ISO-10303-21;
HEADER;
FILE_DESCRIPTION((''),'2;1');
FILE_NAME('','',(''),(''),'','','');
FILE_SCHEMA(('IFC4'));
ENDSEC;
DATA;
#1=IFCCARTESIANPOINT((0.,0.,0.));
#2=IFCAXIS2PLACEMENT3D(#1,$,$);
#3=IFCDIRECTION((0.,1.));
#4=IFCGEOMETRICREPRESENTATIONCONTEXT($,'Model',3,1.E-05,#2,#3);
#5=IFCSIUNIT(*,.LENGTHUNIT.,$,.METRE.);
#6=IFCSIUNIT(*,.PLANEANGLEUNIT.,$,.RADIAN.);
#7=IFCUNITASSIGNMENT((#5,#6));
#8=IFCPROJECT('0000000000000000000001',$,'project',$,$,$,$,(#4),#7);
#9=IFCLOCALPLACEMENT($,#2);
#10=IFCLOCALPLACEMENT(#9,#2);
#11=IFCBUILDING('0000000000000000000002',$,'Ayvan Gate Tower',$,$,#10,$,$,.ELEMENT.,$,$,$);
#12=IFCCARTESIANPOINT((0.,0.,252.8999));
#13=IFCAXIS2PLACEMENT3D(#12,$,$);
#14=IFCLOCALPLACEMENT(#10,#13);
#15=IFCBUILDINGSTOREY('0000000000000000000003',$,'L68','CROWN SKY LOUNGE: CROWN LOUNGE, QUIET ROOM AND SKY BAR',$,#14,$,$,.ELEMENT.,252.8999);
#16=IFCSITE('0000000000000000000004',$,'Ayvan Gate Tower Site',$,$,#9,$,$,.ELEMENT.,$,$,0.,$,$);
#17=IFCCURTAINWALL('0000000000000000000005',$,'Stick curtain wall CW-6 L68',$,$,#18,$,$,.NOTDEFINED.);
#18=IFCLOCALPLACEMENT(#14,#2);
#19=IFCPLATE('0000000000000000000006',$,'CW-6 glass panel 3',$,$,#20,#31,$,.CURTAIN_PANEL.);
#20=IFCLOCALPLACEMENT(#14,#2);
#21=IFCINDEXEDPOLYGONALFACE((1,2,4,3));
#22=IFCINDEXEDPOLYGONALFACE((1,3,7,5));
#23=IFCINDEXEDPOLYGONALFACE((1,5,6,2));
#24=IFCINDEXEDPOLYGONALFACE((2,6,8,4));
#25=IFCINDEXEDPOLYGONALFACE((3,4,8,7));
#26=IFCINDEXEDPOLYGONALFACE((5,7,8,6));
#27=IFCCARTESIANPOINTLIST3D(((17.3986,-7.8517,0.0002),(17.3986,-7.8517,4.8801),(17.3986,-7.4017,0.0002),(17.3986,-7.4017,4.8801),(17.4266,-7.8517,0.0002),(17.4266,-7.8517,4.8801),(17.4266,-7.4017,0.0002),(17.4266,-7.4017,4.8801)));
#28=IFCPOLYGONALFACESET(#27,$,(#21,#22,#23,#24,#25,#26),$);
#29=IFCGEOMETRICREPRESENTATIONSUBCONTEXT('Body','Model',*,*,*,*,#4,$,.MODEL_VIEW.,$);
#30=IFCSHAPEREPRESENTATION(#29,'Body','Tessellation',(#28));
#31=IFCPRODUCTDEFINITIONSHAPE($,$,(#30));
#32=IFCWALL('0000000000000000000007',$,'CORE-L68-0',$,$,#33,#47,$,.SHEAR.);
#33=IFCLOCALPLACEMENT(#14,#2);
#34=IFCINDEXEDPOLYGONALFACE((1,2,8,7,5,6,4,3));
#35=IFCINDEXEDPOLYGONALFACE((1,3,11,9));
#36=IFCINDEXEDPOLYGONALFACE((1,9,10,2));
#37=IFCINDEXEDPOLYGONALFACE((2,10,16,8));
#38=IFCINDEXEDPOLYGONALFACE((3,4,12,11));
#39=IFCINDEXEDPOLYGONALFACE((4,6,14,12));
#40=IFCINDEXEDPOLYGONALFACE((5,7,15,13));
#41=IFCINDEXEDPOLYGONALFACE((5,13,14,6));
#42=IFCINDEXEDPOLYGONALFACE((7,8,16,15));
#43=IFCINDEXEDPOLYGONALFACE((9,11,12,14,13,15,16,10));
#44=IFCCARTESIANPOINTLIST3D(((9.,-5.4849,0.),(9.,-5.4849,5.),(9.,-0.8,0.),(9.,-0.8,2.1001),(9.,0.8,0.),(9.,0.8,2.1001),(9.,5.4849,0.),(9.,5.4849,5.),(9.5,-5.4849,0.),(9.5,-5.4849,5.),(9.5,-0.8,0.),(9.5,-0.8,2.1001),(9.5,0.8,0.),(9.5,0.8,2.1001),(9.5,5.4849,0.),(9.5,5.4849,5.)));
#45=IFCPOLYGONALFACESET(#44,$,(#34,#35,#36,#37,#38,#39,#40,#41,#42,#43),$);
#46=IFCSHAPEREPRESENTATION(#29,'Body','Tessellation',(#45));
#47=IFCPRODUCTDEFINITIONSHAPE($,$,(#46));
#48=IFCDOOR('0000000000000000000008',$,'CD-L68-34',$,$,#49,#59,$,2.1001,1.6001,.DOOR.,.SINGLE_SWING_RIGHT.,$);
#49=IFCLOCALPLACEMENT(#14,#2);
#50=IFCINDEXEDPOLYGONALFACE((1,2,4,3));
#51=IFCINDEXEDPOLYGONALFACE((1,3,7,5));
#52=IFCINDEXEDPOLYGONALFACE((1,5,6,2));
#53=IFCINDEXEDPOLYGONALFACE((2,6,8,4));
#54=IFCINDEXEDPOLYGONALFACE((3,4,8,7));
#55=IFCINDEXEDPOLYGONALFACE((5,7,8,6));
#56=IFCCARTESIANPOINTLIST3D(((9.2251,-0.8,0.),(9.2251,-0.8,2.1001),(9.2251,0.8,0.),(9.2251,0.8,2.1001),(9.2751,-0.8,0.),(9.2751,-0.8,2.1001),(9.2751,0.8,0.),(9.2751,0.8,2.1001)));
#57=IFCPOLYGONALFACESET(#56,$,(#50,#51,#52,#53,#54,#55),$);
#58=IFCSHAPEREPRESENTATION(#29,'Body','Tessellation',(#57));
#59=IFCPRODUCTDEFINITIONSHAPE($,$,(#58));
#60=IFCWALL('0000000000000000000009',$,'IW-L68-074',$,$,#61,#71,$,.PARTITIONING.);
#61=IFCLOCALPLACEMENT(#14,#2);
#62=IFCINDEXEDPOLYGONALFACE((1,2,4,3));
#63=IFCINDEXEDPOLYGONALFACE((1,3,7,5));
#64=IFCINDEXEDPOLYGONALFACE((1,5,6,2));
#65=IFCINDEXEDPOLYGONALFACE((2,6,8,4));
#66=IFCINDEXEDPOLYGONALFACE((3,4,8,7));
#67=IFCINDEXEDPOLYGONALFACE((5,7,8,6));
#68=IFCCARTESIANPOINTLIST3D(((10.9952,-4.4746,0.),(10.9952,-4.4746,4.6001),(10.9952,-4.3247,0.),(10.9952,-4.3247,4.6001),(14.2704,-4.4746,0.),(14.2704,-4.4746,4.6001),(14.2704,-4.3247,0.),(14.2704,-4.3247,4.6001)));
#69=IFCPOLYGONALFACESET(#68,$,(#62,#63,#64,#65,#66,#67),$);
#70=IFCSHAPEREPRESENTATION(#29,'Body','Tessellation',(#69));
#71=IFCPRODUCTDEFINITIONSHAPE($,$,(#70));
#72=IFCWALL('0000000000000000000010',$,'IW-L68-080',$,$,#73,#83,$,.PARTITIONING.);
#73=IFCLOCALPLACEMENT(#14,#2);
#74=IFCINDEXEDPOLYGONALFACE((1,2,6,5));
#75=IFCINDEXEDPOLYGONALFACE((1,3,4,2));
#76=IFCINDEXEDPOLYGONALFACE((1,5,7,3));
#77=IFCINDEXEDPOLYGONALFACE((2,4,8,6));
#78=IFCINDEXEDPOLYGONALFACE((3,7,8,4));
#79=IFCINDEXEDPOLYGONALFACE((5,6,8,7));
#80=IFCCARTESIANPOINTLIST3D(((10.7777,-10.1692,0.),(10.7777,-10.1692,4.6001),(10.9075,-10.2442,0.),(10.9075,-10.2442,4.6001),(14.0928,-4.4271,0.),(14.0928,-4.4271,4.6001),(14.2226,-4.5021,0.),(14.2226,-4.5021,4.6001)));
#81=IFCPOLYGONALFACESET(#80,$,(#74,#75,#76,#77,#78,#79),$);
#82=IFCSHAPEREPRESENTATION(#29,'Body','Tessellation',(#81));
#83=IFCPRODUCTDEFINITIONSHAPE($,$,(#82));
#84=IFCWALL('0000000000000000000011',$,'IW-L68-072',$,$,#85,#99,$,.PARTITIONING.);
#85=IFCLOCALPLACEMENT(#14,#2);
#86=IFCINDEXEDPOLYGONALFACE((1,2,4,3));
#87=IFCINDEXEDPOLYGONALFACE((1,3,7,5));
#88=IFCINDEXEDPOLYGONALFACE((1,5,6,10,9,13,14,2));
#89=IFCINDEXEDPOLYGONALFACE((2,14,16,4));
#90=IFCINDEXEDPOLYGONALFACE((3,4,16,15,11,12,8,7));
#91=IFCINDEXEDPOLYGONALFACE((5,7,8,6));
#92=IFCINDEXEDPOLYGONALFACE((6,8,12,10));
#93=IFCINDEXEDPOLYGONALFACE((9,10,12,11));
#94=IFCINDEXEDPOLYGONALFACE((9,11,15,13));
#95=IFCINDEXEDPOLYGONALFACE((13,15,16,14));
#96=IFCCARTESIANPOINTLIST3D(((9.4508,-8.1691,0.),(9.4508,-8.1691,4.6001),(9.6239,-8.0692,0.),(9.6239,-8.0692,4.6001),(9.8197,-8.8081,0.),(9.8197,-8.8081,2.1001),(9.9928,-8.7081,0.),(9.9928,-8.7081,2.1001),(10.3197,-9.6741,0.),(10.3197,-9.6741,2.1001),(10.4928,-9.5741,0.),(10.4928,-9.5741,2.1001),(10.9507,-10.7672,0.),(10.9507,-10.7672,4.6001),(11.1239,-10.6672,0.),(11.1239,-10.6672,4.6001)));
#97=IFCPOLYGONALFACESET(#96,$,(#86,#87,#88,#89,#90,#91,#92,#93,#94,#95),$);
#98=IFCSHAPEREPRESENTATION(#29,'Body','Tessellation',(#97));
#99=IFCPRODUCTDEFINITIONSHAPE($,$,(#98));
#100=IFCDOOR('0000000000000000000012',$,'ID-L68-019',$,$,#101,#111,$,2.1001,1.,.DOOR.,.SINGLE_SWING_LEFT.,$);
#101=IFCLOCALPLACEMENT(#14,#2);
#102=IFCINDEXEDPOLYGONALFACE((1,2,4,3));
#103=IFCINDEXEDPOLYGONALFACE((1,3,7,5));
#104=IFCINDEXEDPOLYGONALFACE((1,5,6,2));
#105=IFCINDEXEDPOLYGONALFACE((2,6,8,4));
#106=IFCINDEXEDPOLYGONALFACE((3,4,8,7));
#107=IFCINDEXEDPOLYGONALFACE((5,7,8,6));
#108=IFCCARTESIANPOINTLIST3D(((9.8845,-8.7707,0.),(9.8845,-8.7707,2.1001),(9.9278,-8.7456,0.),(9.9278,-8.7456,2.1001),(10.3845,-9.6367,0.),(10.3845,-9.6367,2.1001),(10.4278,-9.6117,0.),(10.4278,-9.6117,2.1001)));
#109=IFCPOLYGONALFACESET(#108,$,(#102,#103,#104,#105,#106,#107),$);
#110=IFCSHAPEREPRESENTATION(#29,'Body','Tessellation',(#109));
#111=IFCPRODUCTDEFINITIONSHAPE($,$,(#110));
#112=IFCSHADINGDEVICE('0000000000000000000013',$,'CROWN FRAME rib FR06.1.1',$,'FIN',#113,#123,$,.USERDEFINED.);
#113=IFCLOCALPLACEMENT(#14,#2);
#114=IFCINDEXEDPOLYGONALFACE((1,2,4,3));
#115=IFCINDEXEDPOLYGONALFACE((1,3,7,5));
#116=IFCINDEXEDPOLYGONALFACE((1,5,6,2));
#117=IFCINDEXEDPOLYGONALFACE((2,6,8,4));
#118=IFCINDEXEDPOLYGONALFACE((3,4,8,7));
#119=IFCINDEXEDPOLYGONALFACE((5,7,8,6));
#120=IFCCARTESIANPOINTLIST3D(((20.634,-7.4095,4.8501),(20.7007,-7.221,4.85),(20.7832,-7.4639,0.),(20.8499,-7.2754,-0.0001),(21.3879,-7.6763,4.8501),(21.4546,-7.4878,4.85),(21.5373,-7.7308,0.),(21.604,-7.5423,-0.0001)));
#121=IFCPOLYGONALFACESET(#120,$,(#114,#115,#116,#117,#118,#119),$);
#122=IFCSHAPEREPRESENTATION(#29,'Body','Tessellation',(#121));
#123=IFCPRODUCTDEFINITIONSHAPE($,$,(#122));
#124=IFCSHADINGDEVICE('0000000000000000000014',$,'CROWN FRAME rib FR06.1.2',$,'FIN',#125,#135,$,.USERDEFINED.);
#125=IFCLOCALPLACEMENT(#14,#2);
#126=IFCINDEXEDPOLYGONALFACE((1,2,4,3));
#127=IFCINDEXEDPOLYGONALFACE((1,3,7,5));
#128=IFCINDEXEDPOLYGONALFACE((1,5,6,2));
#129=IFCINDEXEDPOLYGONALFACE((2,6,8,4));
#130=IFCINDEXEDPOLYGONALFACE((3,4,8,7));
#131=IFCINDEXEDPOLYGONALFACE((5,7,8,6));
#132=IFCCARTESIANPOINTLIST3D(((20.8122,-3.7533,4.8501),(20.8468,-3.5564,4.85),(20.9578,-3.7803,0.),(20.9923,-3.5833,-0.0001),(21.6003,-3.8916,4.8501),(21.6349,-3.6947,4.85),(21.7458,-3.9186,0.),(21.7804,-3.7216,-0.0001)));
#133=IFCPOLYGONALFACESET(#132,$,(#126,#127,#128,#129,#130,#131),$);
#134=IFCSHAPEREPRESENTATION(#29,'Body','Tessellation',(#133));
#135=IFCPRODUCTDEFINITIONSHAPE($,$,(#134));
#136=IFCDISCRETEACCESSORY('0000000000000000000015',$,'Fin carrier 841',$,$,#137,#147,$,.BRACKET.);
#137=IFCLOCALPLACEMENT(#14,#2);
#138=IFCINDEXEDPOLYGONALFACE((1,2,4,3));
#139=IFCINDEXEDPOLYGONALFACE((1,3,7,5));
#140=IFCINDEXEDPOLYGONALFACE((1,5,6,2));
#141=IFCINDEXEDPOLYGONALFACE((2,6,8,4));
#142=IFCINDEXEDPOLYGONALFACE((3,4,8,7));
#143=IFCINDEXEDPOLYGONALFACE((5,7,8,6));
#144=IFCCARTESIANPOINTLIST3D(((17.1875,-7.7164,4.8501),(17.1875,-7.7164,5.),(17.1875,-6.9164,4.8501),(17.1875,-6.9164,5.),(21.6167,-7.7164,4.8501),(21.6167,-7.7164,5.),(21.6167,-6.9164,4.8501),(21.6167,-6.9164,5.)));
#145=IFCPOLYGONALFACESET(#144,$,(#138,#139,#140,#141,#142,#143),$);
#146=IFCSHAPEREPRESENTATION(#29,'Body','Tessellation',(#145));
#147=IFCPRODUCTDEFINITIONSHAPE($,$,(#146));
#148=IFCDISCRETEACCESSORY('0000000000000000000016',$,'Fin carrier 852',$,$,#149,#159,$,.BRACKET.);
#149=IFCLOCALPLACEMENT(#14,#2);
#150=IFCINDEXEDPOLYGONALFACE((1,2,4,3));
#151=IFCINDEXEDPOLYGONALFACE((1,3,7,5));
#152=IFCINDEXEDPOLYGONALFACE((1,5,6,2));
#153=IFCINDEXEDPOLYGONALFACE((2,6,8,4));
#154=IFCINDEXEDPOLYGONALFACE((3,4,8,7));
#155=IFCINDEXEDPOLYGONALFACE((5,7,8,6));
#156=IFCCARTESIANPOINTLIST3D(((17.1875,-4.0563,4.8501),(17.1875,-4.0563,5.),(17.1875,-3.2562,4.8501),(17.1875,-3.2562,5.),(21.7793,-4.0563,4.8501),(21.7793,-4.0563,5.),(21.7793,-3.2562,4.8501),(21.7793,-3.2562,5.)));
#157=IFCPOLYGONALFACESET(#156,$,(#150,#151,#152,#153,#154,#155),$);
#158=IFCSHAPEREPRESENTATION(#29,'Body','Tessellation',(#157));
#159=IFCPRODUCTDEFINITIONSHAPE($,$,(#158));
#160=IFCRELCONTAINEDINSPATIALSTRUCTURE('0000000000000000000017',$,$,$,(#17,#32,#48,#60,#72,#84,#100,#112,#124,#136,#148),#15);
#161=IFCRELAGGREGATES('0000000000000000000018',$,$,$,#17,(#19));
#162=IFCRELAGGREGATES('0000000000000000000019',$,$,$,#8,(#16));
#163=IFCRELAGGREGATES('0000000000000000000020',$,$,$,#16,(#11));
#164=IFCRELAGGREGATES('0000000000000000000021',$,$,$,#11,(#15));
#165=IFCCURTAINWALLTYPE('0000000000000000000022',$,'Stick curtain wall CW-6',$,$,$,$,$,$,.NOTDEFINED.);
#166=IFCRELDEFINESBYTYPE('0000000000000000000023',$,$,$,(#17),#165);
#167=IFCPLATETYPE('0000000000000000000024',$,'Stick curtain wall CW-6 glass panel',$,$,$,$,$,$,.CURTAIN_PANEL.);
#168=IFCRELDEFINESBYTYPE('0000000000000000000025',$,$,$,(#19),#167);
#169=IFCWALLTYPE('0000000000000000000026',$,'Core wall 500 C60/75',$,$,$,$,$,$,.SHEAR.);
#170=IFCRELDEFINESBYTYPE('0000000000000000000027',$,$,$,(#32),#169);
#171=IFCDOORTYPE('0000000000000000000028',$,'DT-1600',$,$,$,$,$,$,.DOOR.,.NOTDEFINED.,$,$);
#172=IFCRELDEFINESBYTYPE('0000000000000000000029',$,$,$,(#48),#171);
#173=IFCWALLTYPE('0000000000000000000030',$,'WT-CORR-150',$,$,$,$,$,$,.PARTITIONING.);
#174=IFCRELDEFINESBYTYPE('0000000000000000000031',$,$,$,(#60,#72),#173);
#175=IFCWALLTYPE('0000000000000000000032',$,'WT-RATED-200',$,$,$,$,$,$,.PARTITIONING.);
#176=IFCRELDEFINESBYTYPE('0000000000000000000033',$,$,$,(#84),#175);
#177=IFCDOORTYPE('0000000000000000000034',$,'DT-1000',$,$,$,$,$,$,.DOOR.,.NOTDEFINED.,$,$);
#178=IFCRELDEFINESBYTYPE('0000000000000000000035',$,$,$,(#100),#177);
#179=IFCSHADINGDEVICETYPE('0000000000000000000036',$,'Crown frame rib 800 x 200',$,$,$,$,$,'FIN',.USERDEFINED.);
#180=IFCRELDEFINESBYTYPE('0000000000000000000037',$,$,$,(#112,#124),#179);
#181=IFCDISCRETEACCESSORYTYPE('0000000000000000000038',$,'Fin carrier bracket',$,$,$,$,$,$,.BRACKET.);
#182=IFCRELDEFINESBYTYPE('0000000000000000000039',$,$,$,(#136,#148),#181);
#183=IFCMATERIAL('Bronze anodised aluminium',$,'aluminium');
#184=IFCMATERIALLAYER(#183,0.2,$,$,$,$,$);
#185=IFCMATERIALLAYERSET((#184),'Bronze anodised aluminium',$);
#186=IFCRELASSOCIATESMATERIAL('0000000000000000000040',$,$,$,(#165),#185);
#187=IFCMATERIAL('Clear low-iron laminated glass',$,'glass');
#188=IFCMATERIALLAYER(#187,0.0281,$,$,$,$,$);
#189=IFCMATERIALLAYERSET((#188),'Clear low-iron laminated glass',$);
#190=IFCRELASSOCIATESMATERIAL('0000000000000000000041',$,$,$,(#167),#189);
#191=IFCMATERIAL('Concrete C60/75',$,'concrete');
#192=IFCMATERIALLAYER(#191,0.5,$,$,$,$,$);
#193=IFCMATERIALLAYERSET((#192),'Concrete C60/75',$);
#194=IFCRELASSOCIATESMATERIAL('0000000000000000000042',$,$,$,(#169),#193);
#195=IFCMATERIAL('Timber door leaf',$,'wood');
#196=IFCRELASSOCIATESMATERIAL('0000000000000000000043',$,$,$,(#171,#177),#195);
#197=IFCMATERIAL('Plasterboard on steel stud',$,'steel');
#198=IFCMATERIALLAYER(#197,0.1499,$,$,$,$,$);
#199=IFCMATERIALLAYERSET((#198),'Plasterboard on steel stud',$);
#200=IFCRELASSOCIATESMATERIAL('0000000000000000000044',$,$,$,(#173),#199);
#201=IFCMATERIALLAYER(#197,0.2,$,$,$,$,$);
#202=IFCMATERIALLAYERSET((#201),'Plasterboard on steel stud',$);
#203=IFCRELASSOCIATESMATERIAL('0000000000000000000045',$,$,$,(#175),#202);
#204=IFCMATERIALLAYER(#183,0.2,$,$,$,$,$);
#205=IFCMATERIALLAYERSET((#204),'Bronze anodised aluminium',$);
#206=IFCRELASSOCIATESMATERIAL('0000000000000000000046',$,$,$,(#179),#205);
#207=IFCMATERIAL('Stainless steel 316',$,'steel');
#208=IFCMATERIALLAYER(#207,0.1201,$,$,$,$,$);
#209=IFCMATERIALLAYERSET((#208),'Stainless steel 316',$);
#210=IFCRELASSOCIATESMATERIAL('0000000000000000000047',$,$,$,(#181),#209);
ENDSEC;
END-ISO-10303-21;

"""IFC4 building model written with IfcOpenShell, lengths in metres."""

from ifc_helpers import new_model, si_unit, direction, frame, frame_2d, origin, origin_2d, place, context, subcontext, project, spatial, polyline, rectangle, outline, extrude, material, layer, layer_set, type_object, element, fill, aggregate, save


model = new_model("IFC4")

# Units and contexts
model_context = context("Model", 3, precision=1e-05, world=origin(), true_north=direction((0.0, 1.0)))
body_context = subcontext(model_context, "Body", "Model", "MODEL_VIEW")
ifc_project = project(units=[si_unit("LENGTHUNIT", "METRE"), si_unit("PLANEANGLEUNIT", "RADIAN")], contexts=[model_context])

# Site, building, storey
site_placement = place(None, origin())
site = spatial("IfcSite", under=ifc_project, at=site_placement, Name="Ayvan Gate Tower Site", CompositionType="ELEMENT", RefElevation=0.0)
building_placement = place(site_placement, origin())
building = spatial("IfcBuilding", under=site, at=building_placement, Name="Ayvan Gate Tower", CompositionType="ELEMENT")
storey_placement = place(building_placement, frame((0.0, 0.0, 252.8999)))
storey = spatial("IfcBuildingStorey", under=building, at=storey_placement, Name="L68", Description="CROWN SKY LOUNGE: CROWN LOUNGE, QUIET ROOM AND SKY BAR", CompositionType="ELEMENT", Elevation=252.8999)

# Shared definitions
ifc_material_1 = material(Name="Bronze anodised aluminium", Category="aluminium")

# Curtain wall
ifc_layer_1 = layer(ifc_material_1, 0.2)
ifc_layer_set_1 = layer_set([ifc_layer_1], Name="Bronze anodised aluminium")
curtain_wall_type_1 = type_object("IfcCurtainWallType", Name="Stick curtain wall CW-6", PredefinedType="NOTDEFINED", material=ifc_layer_set_1)
curtain_wall_1_placement = place(storey_placement, origin())
curtain_wall_1 = element("IfcCurtainWall", 1, at=curtain_wall_1_placement, inside=storey, type_object=curtain_wall_type_1, Name="Stick curtain wall CW-6 L68", PredefinedType="NOTDEFINED")

# Plate
ifc_material_2 = material(Name="Clear low-iron laminated glass", Category="glass")
ifc_layer_2 = layer(ifc_material_2, 0.0281)
ifc_layer_set_2 = layer_set([ifc_layer_2], Name="Clear low-iron laminated glass")
plate_type_1 = type_object("IfcPlateType", Name="Stick curtain wall CW-6 glass panel", PredefinedType="CURTAIN_PANEL", material=ifc_layer_set_2)
plate_1_placement = place(storey_placement, frame((17.4126, -7.6267, 0.0002), z_axis=(0.0, 0.0, 1.0), x_axis=(0.0, 1.0, 0.0)))
plate_1 = element("IfcPlate", 2, at=plate_1_placement, type_object=plate_type_1, Name="CW-6 glass panel 3", PredefinedType="CURTAIN_PANEL", context=body_context, shape_type="SweptSolid", body=[
    extrude(rectangle(XDim=0.45, YDim=0.0281, at=origin_2d()), origin(), (0.0, 0.0, 1.0), 4.8799),
])
aggregate(curtain_wall_1, [plate_1])

# Wall, opening, door
ifc_material_3 = material(Name="Concrete C60/75", Category="concrete")
ifc_layer_3 = layer(ifc_material_3, 0.5)
ifc_layer_set_3 = layer_set([ifc_layer_3], Name="Concrete C60/75")
wall_type_1 = type_object("IfcWallType", Name="Core wall 500 C60/75", PredefinedType="SHEAR", material=ifc_layer_set_3)
wall_1_placement = place(storey_placement, frame((9.25, -5.4849, 0.0), z_axis=(0.0, 0.0, 1.0), x_axis=(0.0, 1.0, 0.0)))
wall_1 = element("IfcWall", 3, at=wall_1_placement, inside=storey, type_object=wall_type_1, Name="CORE-L68-0", PredefinedType="SHEAR", context=body_context, shape_type="SweptSolid", body=[
    extrude(rectangle(XDim=10.9697, YDim=0.5, at=frame_2d((5.4849, 0.0))), origin(), (0.0, 0.0, 1.0), 5.0),
])
opening_1_placement = place(wall_1_placement, frame((4.6848, 0.0, 0.0)))
opening_1 = element("IfcOpeningElement", 4, at=opening_1_placement, cuts=wall_1, PredefinedType="OPENING", context=body_context, shape_type="SweptSolid", body=[
    extrude(rectangle(XDim=1.6001, YDim=2.1001, at=frame_2d((0.8, 1.05))), frame((0.0, 0.26, 0.0), z_axis=(0.0, -1.0, 0.0), x_axis=(1.0, 0.0, 0.0)), (0.0, 0.0, 1.0), 0.52),
])
ifc_material_4 = material(Name="Timber door leaf", Category="wood")
door_type_1 = type_object("IfcDoorType", Name="DT-1600", OperationType="NOTDEFINED", PredefinedType="DOOR", material=ifc_material_4)
door_1_placement = place(opening_1_placement, origin())
door_1 = element("IfcDoor", 5, at=door_1_placement, inside=storey, type_object=door_type_1, Name="CD-L68-34", OperationType="SINGLE_SWING_RIGHT", OverallHeight=2.1001, OverallWidth=1.6001, PredefinedType="DOOR", context=body_context, shape_type="SweptSolid", body=[
    extrude(rectangle(XDim=1.6001, YDim=2.1001, at=frame_2d((0.8, 1.05))), frame((0.0, 0.0249, 0.0), z_axis=(0.0, -1.0, 0.0), x_axis=(1.0, 0.0, 0.0)), (0.0, 0.0, 1.0), 0.05),
])
fill(opening_1, door_1)

# Walls
ifc_material_5 = material(Name="Plasterboard on steel stud", Category="steel")
ifc_layer_4 = layer(ifc_material_5, 0.1499)
ifc_layer_set_4 = layer_set([ifc_layer_4], Name="Plasterboard on steel stud")
wall_type_2 = type_object("IfcWallType", Name="WT-CORR-150", PredefinedType="PARTITIONING", material=ifc_layer_set_4)
wall_2_placement = place(storey_placement, frame((10.9951, -4.3997, 0.0), z_axis=(0.0, 0.0, 1.0), x_axis=(1.0, 0.0, 0.0)))
element("IfcWall", 6, at=wall_2_placement, inside=storey, type_object=wall_type_2, Name="IW-L68-074", PredefinedType="PARTITIONING", context=body_context, shape_type="SweptSolid", body=[
    extrude(rectangle(XDim=3.2751, YDim=0.1499, at=frame_2d((1.6377, 0.0))), origin(), (0.0, 0.0, 1.0), 4.6001),
])
wall_3_placement = place(storey_placement, frame((14.1577, -4.4646, 0.0), z_axis=(0.0, 0.0, 1.0), x_axis=(-0.499992, -0.86603, 0.0)))
element("IfcWall", 7, at=wall_3_placement, inside=storey, type_object=wall_type_2, Name="IW-L68-080", PredefinedType="PARTITIONING", context=body_context, shape_type="SweptSolid", body=[
    extrude(rectangle(XDim=6.6304, YDim=0.1499, at=frame_2d((3.3152, 0.0))), origin(), (0.0, 0.0, 1.0), 4.6001),
])

# Wall, opening, door
ifc_layer_5 = layer(ifc_material_5, 0.2)
ifc_layer_set_5 = layer_set([ifc_layer_5], Name="Plasterboard on steel stud")
wall_type_3 = type_object("IfcWallType", Name="WT-RATED-200", PredefinedType="PARTITIONING", material=ifc_layer_set_5)
wall_4_placement = place(storey_placement, frame((9.5374, -8.1191, 0.0), z_axis=(0.0, 0.0, 1.0), x_axis=(0.49999, -0.866031, 0.0)))
wall_4 = element("IfcWall", 8, at=wall_4_placement, inside=storey, type_object=wall_type_3, Name="IW-L68-072", PredefinedType="PARTITIONING", context=body_context, shape_type="SweptSolid", body=[
    extrude(rectangle(XDim=3.0, YDim=0.2, at=frame_2d((1.5, 0.0))), origin(), (0.0, 0.0, 1.0), 4.6001),
])
opening_2_placement = place(wall_4_placement, frame((0.7378, 0.0, 0.0)))
opening_2 = element("IfcOpeningElement", 9, at=opening_2_placement, cuts=wall_4, PredefinedType="OPENING", context=body_context, shape_type="SweptSolid", body=[
    extrude(rectangle(XDim=1.0, YDim=2.1001, at=frame_2d((0.5, 1.05))), frame((0.0, 0.1099, 0.0), z_axis=(0.0, -1.0, 0.0), x_axis=(1.0, 0.0, 0.0)), (0.0, 0.0, 1.0), 0.22),
])
door_type_2 = type_object("IfcDoorType", Name="DT-1000", OperationType="NOTDEFINED", PredefinedType="DOOR", material=ifc_material_4)
door_2_placement = place(opening_2_placement, origin())
door_2 = element("IfcDoor", 10, at=door_2_placement, inside=storey, type_object=door_type_2, Name="ID-L68-019", OperationType="SINGLE_SWING_LEFT", OverallHeight=2.1001, OverallWidth=1.0, PredefinedType="DOOR", context=body_context, shape_type="SweptSolid", body=[
    extrude(rectangle(XDim=1.0, YDim=2.1001, at=frame_2d((0.5, 1.05))), frame((0.0, 0.0249, 0.0), z_axis=(0.0, -1.0, 0.0), x_axis=(1.0, 0.0, 0.0)), (0.0, 0.0, 1.0), 0.05),
])
fill(opening_2, door_2)

# Shading devices
ifc_layer_6 = layer(ifc_material_1, 0.2)
ifc_layer_set_6 = layer_set([ifc_layer_6], Name="Bronze anodised aluminium")
shading_device_type = type_object("IfcShadingDeviceType", Name="Crown frame rib 800 x 200", ElementType="FIN", PredefinedType="USERDEFINED", material=ifc_layer_set_6)
shading_device_1_placement = place(storey_placement, frame((20.7832, -7.4639, 0.0), z_axis=(-0.333618, -0.942708, 0.000313), x_axis=(0.942708, -0.333618, 0.0)))
element("IfcShadingDevice", 11, at=shading_device_1_placement, inside=storey, type_object=shading_device_type, Name="CROWN FRAME rib FR06.1.1", ObjectType="FIN", PredefinedType="USERDEFINED", context=body_context, shape_type="SweptSolid", body=[
    extrude(outline(polyline([(0.0, 0.0), (0.8, 0.0), (0.641, 4.8501), (-0.1588, 4.8501), (0.0, 0.0)])), origin(), (0.0, 0.0, -1.0), 0.2),
])
shading_device_2_placement = place(storey_placement, frame((20.9578, -3.7803, 0.0), z_axis=(-0.172854, -0.984947, 0.000293), x_axis=(0.984947, -0.172854, 0.0)))
element("IfcShadingDevice", 12, at=shading_device_2_placement, inside=storey, type_object=shading_device_type, Name="CROWN FRAME rib FR06.1.2", ObjectType="FIN", PredefinedType="USERDEFINED", context=body_context, shape_type="SweptSolid", body=[
    extrude(outline(polyline([(0.0, 0.0), (0.8001, 0.0), (0.6521, 4.8501), (-0.148, 4.8501), (0.0, 0.0)])), origin(), (0.0, 0.0, -1.0), 0.2),
])

# Discrete accessories
ifc_material_6 = material(Name="Stainless steel 316", Category="steel")
ifc_layer_7 = layer(ifc_material_6, 0.1201)
ifc_layer_set_7 = layer_set([ifc_layer_7], Name="Stainless steel 316")
discrete_accessory_type = type_object("IfcDiscreteAccessoryType", Name="Fin carrier bracket", PredefinedType="BRACKET", material=ifc_layer_set_7)
discrete_accessory_1_placement = place(storey_placement, frame((19.4021, -7.3164, 4.8501), z_axis=(0.0, 0.0, 1.0), x_axis=(0.0, 1.0, 0.0)))
element("IfcDiscreteAccessory", 13, at=discrete_accessory_1_placement, inside=storey, type_object=discrete_accessory_type, Name="Fin carrier 841", PredefinedType="BRACKET", context=body_context, shape_type="SweptSolid", body=[
    extrude(rectangle(XDim=0.8, YDim=4.4292, at=origin_2d()), origin(), (0.0, 0.0, 1.0), 0.1499),
])
discrete_accessory_2_placement = place(storey_placement, frame((19.4834, -3.6562, 4.8501), z_axis=(0.0, 0.0, 1.0), x_axis=(0.0, 1.0, 0.0)))
element("IfcDiscreteAccessory", 14, at=discrete_accessory_2_placement, inside=storey, type_object=discrete_accessory_type, Name="Fin carrier 852", PredefinedType="BRACKET", context=body_context, shape_type="SweptSolid", body=[
    extrude(rectangle(XDim=0.8, YDim=4.5918, at=origin_2d()), origin(), (0.0, 0.0, 1.0), 0.1499),
])

save(model, "model.ifc")
